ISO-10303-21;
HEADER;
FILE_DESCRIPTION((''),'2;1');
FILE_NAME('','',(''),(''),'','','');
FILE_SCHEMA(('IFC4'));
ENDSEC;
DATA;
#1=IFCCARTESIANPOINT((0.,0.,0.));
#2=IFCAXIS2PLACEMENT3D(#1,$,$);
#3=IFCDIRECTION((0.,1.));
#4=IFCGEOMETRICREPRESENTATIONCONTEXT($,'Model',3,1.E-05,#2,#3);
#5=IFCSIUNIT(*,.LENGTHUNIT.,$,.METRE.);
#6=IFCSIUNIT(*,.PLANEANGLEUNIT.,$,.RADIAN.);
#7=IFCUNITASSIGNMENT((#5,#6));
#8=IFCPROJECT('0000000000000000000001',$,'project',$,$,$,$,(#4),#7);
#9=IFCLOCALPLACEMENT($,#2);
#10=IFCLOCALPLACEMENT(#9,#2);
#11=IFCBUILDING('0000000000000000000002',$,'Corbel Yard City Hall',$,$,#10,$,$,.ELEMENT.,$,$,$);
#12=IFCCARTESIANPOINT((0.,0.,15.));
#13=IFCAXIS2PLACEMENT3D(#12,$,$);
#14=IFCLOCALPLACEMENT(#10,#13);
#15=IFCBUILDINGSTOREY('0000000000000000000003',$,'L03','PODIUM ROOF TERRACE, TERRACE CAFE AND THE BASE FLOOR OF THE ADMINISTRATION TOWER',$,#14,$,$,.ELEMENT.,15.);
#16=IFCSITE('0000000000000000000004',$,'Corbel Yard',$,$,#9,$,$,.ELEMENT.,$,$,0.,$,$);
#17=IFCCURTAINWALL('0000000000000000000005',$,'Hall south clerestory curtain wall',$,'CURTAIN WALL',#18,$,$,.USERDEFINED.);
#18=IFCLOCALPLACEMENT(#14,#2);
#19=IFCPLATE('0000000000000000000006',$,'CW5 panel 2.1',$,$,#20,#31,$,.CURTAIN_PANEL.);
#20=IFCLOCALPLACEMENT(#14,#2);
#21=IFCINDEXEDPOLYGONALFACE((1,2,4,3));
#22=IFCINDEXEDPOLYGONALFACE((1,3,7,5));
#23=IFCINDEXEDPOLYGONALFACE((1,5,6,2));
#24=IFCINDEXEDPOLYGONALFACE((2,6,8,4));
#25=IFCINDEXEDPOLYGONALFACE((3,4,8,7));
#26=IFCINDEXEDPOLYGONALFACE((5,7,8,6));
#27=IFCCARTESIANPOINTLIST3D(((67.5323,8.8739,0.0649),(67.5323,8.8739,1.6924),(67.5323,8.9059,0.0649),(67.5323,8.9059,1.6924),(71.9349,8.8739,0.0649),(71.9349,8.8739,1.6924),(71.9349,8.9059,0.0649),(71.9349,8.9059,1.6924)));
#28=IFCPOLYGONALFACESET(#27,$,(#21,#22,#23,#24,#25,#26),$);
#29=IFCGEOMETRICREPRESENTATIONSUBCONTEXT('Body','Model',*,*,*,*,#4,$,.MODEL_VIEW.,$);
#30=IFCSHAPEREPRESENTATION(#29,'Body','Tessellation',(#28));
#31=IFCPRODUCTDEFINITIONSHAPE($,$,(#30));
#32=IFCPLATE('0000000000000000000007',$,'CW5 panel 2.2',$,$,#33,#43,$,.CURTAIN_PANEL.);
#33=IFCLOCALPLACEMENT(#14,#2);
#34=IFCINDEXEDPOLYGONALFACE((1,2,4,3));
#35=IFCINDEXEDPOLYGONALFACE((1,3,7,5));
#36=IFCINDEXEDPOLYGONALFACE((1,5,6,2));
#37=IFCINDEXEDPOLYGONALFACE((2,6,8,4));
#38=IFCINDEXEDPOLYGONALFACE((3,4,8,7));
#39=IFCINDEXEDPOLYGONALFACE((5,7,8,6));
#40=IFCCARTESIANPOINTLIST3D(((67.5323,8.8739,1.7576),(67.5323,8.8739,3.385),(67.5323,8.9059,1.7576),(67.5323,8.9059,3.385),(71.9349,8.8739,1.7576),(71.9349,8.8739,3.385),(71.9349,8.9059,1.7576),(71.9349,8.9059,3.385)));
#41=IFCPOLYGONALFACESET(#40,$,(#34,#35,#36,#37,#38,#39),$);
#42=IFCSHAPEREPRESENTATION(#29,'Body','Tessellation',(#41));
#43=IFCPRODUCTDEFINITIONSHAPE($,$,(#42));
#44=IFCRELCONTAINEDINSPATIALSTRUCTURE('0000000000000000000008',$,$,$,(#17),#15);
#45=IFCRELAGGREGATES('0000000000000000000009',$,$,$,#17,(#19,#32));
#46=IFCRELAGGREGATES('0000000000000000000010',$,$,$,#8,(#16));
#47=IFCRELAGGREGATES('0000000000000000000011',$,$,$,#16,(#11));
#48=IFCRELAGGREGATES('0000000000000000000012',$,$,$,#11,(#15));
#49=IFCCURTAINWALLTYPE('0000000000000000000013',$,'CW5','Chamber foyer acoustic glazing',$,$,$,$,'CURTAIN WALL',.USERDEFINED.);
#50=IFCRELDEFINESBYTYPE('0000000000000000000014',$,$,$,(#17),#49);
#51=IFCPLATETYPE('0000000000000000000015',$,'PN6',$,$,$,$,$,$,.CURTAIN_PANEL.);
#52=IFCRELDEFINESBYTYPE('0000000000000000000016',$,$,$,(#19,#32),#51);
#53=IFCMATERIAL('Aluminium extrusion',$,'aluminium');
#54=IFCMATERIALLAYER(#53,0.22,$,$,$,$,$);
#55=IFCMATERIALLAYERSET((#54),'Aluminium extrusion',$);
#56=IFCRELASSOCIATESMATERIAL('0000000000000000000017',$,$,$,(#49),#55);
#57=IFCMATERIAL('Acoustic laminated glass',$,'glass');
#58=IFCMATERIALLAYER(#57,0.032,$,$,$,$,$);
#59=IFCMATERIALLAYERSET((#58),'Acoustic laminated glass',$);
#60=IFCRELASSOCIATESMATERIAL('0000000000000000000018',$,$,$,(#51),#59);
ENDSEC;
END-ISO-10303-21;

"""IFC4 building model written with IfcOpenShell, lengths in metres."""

from ifc_helpers import new_model, si_unit, direction, frame, origin, origin_2d, place, context, subcontext, project, spatial, rectangle, extrude, material, layer, layer_set, type_object, element, aggregate, save


model = new_model("IFC4")

# Units and contexts
model_context = context("Model", 3, precision=1e-05, world=origin(), true_north=direction((0.0, 1.0)))
body_context = subcontext(model_context, "Body", "Model", "MODEL_VIEW")
ifc_project = project(units=[si_unit("LENGTHUNIT", "METRE"), si_unit("PLANEANGLEUNIT", "RADIAN")], contexts=[model_context])

# Site, building, storey
site_placement = place(None, origin())
site = spatial("IfcSite", under=ifc_project, at=site_placement, Name="Corbel Yard", CompositionType="ELEMENT", RefElevation=0.0)
building_placement = place(site_placement, origin())
building = spatial("IfcBuilding", under=site, at=building_placement, Name="Corbel Yard City Hall", CompositionType="ELEMENT")
storey_placement = place(building_placement, frame((0.0, 0.0, 15.0)))
storey = spatial("IfcBuildingStorey", under=building, at=storey_placement, Name="L03", Description="PODIUM ROOF TERRACE, TERRACE CAFE AND THE BASE FLOOR OF THE ADMINISTRATION TOWER", CompositionType="ELEMENT", Elevation=15.0)

# Shared definitions
ifc_material_1 = material(Name="Aluminium extrusion", Category="aluminium")
ifc_layer_1 = layer(ifc_material_1, 0.22)
ifc_layer_set_1 = layer_set([ifc_layer_1], Name="Aluminium extrusion")
curtain_wall_type = type_object("IfcCurtainWallType", Name="CW5", Description="Chamber foyer acoustic glazing", ElementType="CURTAIN WALL", PredefinedType="USERDEFINED", material=ifc_layer_set_1)

# Curtain wall
curtain_wall_1_placement = place(storey_placement, origin())
curtain_wall_1 = element("IfcCurtainWall", 1, at=curtain_wall_1_placement, inside=storey, type_object=curtain_wall_type, Name="Hall south clerestory curtain wall", ObjectType="CURTAIN WALL", PredefinedType="USERDEFINED")

# Plates
ifc_material_2 = material(Name="Acoustic laminated glass", Category="glass")
ifc_layer_2 = layer(ifc_material_2, 0.032)
ifc_layer_set_2 = layer_set([ifc_layer_2], Name="Acoustic laminated glass")
plate_type = type_object("IfcPlateType", Name="PN6", PredefinedType="CURTAIN_PANEL", material=ifc_layer_set_2)
plate_1_placement = place(storey_placement, frame((69.7336, 8.8899, 0.0649), z_axis=(0.0, 0.0, 1.0), x_axis=(1.0, 0.0, 0.0)))
plate_1 = element("IfcPlate", 2, at=plate_1_placement, type_object=plate_type, Name="CW5 panel 2.1", PredefinedType="CURTAIN_PANEL", context=body_context, shape_type="SweptSolid", body=[
    extrude(rectangle(XDim=4.4026, YDim=0.032, at=origin_2d()), origin(), (0.0, 0.0, 1.0), 1.6274),
])
plate_2_placement = place(storey_placement, frame((69.7336, 8.8899, 1.7576), z_axis=(0.0, 0.0, 1.0), x_axis=(1.0, 0.0, 0.0)))
plate_2 = element("IfcPlate", 3, at=plate_2_placement, type_object=plate_type, Name="CW5 panel 2.2", PredefinedType="CURTAIN_PANEL", context=body_context, shape_type="SweptSolid", body=[
    extrude(rectangle(XDim=4.4026, YDim=0.032, at=origin_2d()), origin(), (0.0, 0.0, 1.0), 1.6274),
])
aggregate(curtain_wall_1, [plate_1, plate_2])

save(model, "model.ifc")
